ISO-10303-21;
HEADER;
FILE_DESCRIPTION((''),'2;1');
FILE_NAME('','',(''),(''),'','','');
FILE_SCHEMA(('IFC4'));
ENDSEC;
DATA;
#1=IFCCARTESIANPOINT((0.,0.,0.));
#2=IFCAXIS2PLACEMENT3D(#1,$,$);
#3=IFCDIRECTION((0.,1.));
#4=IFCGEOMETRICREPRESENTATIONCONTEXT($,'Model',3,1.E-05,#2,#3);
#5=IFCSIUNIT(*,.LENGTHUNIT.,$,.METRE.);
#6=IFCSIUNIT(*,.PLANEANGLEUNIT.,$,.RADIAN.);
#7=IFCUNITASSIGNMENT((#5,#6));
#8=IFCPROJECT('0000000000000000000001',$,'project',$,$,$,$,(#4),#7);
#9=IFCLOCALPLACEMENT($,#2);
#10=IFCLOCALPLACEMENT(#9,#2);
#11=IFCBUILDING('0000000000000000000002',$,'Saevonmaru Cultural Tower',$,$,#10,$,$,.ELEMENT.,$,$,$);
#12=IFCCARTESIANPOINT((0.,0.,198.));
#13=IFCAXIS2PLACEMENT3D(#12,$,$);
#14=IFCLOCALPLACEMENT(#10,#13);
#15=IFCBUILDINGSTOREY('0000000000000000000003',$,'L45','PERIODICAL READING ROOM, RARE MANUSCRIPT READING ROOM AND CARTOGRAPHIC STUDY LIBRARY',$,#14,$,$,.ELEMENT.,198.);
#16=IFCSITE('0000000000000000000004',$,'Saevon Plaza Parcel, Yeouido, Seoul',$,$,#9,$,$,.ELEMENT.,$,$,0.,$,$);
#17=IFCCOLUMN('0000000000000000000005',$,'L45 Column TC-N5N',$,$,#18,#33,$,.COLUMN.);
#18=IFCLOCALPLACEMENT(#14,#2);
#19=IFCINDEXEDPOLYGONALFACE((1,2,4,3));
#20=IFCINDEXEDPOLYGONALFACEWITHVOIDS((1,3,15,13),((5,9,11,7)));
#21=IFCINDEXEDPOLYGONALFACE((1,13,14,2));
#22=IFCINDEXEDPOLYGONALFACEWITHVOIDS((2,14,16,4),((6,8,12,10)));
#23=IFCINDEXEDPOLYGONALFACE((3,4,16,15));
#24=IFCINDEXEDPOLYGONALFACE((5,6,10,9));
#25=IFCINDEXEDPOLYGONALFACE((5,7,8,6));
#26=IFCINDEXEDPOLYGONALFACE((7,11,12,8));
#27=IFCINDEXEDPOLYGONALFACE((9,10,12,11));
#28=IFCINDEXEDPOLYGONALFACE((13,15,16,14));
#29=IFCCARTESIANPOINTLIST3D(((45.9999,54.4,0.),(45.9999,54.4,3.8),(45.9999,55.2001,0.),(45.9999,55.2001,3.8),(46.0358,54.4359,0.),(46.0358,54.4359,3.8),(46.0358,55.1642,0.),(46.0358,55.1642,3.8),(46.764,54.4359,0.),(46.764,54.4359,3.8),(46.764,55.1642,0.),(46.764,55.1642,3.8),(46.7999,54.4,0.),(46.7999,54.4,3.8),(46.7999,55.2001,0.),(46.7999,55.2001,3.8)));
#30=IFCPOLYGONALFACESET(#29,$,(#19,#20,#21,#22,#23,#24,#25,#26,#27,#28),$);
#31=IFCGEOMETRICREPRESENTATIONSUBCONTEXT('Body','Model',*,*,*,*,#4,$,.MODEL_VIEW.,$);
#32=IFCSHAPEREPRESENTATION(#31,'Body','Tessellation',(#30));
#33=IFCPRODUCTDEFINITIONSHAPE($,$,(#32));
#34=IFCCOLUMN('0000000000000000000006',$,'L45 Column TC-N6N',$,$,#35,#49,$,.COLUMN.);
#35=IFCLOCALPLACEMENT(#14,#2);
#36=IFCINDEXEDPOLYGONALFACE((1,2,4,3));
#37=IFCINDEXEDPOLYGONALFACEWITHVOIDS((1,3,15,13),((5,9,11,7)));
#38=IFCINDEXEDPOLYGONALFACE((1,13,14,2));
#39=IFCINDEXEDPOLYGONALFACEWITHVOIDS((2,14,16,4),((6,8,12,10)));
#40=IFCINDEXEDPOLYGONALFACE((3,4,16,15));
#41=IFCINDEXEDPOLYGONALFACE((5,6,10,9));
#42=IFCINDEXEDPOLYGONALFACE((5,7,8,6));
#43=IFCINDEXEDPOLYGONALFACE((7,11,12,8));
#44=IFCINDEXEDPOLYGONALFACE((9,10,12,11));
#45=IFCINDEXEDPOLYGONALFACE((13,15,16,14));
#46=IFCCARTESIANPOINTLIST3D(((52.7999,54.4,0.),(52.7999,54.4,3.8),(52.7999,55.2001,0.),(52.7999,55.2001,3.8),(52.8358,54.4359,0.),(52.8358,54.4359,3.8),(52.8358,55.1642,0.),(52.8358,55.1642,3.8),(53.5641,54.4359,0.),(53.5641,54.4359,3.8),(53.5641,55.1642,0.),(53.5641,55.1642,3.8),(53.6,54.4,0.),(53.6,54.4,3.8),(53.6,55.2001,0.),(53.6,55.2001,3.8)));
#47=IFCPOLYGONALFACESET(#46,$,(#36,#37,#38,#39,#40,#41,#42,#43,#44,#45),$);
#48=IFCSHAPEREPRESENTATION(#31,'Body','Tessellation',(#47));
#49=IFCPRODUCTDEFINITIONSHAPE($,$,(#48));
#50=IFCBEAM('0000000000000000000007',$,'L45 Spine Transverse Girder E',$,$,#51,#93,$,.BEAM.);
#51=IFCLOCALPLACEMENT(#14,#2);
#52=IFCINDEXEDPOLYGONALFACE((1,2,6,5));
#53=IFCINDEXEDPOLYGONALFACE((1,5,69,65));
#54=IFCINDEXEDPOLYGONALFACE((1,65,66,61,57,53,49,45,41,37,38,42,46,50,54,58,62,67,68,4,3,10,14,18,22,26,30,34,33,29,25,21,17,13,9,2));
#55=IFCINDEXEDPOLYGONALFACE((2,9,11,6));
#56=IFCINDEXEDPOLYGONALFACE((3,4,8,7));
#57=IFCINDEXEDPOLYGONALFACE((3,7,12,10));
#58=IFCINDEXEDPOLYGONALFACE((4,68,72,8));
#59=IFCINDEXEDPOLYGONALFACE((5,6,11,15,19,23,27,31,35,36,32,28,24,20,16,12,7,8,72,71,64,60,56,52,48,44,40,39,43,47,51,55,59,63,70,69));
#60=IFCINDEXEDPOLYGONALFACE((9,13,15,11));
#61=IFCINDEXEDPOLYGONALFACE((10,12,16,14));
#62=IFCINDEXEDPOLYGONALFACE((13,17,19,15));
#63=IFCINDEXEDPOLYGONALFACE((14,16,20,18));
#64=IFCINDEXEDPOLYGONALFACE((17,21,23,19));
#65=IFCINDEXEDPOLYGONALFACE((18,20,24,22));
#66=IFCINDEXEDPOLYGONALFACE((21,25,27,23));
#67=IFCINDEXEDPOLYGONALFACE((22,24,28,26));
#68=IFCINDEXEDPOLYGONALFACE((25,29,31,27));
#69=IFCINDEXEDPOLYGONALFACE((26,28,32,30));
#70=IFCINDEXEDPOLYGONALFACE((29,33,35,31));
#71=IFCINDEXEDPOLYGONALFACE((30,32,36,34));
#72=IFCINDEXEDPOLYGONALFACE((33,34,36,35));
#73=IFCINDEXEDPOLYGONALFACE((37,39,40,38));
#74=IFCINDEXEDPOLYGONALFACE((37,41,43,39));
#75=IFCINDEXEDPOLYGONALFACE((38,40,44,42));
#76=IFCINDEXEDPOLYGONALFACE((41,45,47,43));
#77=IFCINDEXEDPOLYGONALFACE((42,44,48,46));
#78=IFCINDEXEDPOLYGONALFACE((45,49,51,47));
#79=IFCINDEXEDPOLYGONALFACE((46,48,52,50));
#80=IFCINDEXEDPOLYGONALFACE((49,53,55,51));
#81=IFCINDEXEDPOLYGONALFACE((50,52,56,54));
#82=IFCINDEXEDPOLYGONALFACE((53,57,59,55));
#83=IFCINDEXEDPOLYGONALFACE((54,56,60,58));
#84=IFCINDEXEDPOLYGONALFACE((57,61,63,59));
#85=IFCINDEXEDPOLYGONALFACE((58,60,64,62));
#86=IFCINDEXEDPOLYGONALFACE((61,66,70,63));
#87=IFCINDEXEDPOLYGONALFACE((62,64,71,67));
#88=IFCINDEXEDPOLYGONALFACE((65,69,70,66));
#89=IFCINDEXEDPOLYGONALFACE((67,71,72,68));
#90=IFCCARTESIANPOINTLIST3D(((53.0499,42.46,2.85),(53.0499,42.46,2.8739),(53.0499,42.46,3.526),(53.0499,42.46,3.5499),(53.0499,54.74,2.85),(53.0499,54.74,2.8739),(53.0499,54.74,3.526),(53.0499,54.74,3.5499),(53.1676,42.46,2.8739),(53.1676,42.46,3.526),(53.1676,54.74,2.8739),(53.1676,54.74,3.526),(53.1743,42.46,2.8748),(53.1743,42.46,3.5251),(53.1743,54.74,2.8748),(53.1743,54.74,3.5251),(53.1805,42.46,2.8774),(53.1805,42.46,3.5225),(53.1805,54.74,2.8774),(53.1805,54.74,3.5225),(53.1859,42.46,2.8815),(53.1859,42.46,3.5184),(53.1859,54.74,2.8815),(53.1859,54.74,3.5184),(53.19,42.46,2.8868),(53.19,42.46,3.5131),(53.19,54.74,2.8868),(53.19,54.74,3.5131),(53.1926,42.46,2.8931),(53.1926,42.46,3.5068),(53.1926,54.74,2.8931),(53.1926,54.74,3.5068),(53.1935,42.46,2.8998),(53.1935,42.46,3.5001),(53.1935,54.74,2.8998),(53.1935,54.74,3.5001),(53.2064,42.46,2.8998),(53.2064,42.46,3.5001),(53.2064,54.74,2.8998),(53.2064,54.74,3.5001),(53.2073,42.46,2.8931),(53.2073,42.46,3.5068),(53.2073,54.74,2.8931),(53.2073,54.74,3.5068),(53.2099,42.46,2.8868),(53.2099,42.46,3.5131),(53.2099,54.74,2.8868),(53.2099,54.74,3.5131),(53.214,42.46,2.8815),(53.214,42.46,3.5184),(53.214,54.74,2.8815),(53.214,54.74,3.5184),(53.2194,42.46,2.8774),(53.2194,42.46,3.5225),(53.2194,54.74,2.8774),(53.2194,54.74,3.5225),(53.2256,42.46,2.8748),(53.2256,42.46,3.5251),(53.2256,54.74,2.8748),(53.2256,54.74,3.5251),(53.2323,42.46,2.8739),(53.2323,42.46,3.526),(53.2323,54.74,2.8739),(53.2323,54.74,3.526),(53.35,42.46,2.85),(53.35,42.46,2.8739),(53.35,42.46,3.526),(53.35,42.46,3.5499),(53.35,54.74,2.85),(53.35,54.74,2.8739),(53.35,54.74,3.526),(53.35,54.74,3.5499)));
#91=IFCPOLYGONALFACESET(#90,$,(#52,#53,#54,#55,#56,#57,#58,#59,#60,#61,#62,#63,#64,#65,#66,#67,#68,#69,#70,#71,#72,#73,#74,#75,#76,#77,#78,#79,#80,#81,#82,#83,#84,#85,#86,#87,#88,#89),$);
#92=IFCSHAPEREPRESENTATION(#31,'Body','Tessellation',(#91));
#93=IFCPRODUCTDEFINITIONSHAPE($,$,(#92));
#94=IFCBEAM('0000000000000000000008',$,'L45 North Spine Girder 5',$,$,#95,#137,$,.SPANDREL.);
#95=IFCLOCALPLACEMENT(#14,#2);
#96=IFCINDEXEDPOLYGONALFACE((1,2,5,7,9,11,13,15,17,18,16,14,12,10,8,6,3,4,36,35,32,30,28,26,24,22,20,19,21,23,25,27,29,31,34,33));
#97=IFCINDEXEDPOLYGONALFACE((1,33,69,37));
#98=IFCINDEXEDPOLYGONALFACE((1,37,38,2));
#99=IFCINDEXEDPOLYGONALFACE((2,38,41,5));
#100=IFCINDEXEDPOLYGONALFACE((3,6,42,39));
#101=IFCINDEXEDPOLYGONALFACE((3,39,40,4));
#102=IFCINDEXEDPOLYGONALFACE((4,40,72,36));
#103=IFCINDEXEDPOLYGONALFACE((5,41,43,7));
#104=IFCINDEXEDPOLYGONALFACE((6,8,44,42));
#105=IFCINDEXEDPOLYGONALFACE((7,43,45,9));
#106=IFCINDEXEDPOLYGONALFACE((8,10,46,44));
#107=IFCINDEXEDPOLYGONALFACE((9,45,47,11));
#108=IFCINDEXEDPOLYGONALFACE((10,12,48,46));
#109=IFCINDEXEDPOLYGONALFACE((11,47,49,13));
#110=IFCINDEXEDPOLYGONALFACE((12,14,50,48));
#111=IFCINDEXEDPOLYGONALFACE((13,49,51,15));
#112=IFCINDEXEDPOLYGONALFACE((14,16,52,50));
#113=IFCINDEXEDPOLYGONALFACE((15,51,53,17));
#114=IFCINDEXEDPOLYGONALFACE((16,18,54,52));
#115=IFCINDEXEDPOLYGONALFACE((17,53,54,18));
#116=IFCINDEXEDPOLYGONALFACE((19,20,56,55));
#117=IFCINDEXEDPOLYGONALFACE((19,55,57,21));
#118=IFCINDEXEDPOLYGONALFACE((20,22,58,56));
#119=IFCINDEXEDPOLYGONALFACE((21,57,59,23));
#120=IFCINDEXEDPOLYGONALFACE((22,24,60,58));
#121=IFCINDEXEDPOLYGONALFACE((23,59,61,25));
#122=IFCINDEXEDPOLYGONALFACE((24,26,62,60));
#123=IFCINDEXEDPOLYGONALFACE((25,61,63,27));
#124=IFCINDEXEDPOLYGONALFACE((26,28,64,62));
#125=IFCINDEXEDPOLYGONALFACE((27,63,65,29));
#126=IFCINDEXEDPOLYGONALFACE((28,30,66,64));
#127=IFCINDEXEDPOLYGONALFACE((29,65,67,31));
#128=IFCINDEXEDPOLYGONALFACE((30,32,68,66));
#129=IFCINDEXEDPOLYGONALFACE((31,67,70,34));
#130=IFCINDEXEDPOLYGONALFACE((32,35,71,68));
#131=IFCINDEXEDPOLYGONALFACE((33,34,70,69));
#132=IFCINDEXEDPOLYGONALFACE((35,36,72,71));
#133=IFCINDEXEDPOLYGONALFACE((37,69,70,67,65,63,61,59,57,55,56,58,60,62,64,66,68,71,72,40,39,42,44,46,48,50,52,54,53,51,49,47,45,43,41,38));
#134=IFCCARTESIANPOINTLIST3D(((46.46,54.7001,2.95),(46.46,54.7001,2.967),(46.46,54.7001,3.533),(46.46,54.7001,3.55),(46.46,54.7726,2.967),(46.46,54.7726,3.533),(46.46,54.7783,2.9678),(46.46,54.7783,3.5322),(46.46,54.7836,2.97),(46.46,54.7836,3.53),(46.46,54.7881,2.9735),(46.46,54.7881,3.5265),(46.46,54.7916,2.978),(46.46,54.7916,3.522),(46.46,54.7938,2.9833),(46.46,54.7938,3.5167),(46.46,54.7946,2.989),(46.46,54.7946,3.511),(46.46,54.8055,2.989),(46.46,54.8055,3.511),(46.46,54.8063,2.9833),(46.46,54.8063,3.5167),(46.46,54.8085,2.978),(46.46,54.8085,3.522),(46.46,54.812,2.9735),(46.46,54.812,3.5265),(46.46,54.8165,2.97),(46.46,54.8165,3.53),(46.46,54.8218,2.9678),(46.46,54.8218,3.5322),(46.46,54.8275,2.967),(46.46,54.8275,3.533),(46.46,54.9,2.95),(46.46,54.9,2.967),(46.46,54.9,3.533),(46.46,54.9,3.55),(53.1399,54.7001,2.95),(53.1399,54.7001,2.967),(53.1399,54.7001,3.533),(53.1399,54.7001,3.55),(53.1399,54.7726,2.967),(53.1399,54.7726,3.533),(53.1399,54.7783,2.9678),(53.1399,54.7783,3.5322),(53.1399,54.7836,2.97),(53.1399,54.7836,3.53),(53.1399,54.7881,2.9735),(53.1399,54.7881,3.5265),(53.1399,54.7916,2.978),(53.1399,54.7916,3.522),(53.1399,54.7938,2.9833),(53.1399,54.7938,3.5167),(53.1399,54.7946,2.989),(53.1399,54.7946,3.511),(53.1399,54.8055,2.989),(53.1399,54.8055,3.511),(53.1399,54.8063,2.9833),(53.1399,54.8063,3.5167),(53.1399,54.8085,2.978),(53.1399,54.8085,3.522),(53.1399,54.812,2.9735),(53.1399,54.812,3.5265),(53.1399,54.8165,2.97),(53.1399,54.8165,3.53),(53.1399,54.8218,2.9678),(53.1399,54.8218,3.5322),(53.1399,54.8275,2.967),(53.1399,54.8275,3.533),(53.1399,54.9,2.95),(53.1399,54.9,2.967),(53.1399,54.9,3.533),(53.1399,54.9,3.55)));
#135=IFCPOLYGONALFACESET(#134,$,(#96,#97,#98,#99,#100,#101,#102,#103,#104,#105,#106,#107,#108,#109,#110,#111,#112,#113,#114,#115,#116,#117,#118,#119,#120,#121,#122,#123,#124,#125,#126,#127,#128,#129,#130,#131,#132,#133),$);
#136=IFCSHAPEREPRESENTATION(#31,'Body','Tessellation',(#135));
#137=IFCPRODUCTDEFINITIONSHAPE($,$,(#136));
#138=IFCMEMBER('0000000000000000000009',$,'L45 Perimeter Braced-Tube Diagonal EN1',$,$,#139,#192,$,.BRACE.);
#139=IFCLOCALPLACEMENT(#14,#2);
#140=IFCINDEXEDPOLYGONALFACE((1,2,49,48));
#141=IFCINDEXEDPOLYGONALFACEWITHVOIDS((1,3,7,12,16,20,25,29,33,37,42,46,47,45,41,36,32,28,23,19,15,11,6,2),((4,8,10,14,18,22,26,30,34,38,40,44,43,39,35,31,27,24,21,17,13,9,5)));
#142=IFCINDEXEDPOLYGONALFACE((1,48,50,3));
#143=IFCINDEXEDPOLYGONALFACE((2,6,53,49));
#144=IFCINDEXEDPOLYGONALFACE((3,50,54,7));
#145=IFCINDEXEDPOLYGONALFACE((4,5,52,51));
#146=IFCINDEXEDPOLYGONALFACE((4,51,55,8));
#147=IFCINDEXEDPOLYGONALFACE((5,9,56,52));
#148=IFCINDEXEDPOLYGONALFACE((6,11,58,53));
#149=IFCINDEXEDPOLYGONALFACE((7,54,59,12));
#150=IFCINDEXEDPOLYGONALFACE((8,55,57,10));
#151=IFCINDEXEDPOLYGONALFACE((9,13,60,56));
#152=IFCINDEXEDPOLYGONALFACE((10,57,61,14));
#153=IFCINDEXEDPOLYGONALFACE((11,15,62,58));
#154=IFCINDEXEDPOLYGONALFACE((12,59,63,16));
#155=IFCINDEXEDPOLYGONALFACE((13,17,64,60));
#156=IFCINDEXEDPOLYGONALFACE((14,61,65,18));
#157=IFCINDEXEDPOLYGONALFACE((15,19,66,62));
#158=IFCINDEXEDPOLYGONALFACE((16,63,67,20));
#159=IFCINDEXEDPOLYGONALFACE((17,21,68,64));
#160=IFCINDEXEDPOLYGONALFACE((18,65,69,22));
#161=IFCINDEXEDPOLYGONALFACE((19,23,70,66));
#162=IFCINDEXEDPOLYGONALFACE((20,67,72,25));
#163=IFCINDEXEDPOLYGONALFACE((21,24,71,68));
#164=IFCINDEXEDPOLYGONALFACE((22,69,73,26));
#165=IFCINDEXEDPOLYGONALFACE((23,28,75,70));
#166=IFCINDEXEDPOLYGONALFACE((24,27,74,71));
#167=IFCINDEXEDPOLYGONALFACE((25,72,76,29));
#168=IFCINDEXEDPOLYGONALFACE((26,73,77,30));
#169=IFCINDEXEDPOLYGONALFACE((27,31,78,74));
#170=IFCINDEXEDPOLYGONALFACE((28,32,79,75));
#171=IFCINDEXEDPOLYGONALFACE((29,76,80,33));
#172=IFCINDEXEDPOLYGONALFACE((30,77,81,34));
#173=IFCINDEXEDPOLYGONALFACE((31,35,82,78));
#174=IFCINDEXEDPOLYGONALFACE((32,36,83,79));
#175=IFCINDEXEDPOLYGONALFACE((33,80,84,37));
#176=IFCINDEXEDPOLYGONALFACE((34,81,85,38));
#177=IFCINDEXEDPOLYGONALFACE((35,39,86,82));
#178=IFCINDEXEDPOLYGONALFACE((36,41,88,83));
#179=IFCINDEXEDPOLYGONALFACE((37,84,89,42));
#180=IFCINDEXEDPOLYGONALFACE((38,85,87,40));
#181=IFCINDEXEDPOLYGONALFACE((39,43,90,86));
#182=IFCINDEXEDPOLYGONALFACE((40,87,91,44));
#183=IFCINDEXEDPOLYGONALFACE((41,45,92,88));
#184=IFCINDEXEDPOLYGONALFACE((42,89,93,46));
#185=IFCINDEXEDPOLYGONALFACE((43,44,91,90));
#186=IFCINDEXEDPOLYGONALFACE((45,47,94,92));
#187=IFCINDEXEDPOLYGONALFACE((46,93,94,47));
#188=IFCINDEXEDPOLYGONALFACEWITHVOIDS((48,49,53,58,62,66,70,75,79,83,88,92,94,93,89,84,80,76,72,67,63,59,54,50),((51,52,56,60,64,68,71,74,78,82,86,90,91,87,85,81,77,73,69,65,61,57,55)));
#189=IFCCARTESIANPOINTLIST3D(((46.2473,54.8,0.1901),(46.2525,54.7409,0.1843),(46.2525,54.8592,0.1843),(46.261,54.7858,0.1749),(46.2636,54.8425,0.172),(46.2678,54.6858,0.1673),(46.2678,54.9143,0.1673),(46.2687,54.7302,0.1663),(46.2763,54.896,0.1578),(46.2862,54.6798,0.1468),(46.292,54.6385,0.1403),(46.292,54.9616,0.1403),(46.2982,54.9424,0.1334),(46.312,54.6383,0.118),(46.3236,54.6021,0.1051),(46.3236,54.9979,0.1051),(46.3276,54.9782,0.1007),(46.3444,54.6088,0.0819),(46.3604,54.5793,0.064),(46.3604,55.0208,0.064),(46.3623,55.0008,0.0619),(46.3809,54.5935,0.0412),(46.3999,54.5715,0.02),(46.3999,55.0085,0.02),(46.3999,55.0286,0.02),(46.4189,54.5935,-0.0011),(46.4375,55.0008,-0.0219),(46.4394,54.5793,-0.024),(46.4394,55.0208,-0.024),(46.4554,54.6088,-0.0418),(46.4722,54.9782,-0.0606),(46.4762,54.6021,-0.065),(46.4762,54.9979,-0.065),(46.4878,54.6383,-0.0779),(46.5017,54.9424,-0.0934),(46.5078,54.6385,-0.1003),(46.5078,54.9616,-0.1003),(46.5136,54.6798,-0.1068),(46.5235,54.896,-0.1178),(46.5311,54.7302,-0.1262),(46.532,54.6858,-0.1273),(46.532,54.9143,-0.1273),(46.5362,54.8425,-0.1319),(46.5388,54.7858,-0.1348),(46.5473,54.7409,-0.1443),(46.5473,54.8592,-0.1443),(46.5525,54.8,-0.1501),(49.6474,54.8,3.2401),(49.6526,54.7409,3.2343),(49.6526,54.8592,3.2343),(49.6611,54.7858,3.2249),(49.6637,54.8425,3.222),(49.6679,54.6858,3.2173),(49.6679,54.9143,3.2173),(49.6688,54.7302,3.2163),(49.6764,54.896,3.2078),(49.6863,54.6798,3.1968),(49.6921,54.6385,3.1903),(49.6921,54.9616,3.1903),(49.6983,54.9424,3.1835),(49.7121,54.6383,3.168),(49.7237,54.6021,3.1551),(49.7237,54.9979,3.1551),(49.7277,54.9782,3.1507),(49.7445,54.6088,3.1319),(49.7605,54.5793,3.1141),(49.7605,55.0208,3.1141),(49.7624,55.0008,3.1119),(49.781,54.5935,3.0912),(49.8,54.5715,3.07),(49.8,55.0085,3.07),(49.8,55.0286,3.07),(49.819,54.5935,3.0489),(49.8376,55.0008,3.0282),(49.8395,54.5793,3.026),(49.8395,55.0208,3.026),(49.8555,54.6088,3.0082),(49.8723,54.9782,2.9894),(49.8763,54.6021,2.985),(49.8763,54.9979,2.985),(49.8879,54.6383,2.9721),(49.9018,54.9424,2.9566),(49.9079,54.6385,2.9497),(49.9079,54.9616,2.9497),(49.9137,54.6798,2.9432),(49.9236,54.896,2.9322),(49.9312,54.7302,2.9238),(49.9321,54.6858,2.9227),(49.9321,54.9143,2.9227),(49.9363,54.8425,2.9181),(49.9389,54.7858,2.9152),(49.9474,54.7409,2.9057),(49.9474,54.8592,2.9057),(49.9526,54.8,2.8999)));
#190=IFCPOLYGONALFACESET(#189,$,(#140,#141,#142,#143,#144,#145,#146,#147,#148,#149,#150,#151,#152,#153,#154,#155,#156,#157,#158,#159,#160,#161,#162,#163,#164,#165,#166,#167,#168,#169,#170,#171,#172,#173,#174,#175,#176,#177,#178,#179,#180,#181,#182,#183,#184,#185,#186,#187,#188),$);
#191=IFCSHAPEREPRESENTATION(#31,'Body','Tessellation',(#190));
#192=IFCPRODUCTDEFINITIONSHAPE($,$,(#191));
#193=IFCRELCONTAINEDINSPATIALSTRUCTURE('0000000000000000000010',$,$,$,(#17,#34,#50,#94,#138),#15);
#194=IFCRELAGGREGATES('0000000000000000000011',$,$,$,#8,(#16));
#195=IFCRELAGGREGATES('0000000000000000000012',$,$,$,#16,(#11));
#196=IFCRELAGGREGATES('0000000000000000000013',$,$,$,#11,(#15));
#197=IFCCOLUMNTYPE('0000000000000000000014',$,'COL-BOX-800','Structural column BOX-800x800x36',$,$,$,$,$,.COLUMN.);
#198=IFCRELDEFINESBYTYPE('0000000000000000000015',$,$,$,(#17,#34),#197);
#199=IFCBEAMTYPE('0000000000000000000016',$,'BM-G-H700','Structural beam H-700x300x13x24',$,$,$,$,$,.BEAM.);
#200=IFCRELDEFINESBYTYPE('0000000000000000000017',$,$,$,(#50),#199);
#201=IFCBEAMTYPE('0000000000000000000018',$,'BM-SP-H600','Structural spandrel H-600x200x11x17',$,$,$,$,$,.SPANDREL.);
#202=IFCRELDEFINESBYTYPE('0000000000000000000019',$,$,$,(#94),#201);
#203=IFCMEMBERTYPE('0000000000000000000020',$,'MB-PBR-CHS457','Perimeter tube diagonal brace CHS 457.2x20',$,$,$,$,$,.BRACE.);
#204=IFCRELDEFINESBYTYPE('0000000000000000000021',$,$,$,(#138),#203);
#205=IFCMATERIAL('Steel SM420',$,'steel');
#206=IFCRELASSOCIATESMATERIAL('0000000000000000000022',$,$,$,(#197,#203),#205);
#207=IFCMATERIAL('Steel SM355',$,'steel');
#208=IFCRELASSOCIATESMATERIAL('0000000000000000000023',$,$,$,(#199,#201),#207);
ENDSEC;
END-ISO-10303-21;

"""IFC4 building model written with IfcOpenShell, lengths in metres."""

from ifc_helpers import new_model, si_unit, direction, frame, origin, origin_2d, place, context, subcontext, project, spatial, hollow_rectangle, hollow_circle, i_section, extrude, material, material_profile, profile_set, type_object, element, save


model = new_model("IFC4")

# Units and contexts
model_context = context("Model", 3, precision=1e-05, world=origin(), true_north=direction((0.0, 1.0)))
body_context = subcontext(model_context, "Body", "Model", "MODEL_VIEW")
ifc_project = project(units=[si_unit("LENGTHUNIT", "METRE"), si_unit("PLANEANGLEUNIT", "RADIAN")], contexts=[model_context])

# Site, building, storey
site_placement = place(None, origin())
site = spatial("IfcSite", under=ifc_project, at=site_placement, Name="Saevon Plaza Parcel, Yeouido, Seoul", CompositionType="ELEMENT", RefElevation=0.0)
building_placement = place(site_placement, origin())
building = spatial("IfcBuilding", under=site, at=building_placement, Name="Saevonmaru Cultural Tower", CompositionType="ELEMENT")
storey_placement = place(building_placement, frame((0.0, 0.0, 198.0)))
storey = spatial("IfcBuildingStorey", under=building, at=storey_placement, Name="L45", Description="PERIODICAL READING ROOM, RARE MANUSCRIPT READING ROOM AND CARTOGRAPHIC STUDY LIBRARY", CompositionType="ELEMENT", Elevation=198.0)

# Columns
ifc_material_1 = material(Name="Steel SM420", Category="steel")
ifc_material_profile_1 = material_profile(ifc_material_1, hollow_rectangle(XDim=0.8, YDim=0.8, WallThickness=0.0359, at=origin_2d()), Name="BOX-800x800x36")
ifc_profile_set_1 = profile_set([ifc_material_profile_1], Name="Steel SM420")
column_type = type_object("IfcColumnType", Name="COL-BOX-800", Description="Structural column BOX-800x800x36", PredefinedType="COLUMN", material=ifc_profile_set_1)
for number, where, z_axis, x_axis, name in (
    (1, (46.3999, 54.8, 0.0), (0.0, 0.0, 1.0), (1.0, 0.0, 0.0), "L45 Column TC-N5N"),
    (2, (53.2, 54.8, 0.0), (0.0, 0.0, 1.0), (1.0, 0.0, 0.0), "L45 Column TC-N6N"),
):
    element("IfcColumn", number, at=place(storey_placement, frame(where, z_axis=z_axis, x_axis=x_axis)), inside=storey, type_object=column_type, Name=name, PredefinedType="COLUMN", context=body_context, shape_type="SweptSolid", body=[
        extrude(hollow_rectangle(XDim=0.8, YDim=0.8, WallThickness=0.0359, at=origin_2d()), origin(), (0.0, 0.0, 1.0), 3.8),
    ])

# Beams
ifc_material_2 = material(Name="Steel SM355", Category="steel")
ifc_material_profile_2 = material_profile(ifc_material_2, i_section(OverallWidth=0.3, OverallDepth=0.7, WebThickness=0.0129, FlangeThickness=0.0239, FilletRadius=0.0259, at=origin_2d()), Name="H-700x300x13x24")
ifc_profile_set_2 = profile_set([ifc_material_profile_2], Name="Steel SM355")
beam_type_1 = type_object("IfcBeamType", Name="BM-G-H700", Description="Structural beam H-700x300x13x24", PredefinedType="BEAM", material=ifc_profile_set_2)
beam_1_placement = place(storey_placement, frame((53.2, 54.74, 3.2), z_axis=(0.0, -1.0, 0.0), x_axis=(1.0, 0.0, 0.0)))
element("IfcBeam", 3, at=beam_1_placement, inside=storey, type_object=beam_type_1, Name="L45 Spine Transverse Girder E", PredefinedType="BEAM", context=body_context, shape_type="SweptSolid", body=[
    extrude(i_section(OverallWidth=0.3, OverallDepth=0.7, WebThickness=0.0129, FlangeThickness=0.0239, FilletRadius=0.0259, at=origin_2d()), origin(), (0.0, 0.0, 1.0), 12.28),
])
ifc_material_profile_3 = material_profile(ifc_material_2, i_section(OverallWidth=0.2, OverallDepth=0.6001, WebThickness=0.011, FlangeThickness=0.0171, FilletRadius=0.022, at=origin_2d()), Name="H-600x200x11x17")
ifc_profile_set_3 = profile_set([ifc_material_profile_3], Name="Steel SM355")
beam_type_2 = type_object("IfcBeamType", Name="BM-SP-H600", Description="Structural spandrel H-600x200x11x17", PredefinedType="SPANDREL", material=ifc_profile_set_3)
beam_2_placement = place(storey_placement, frame((46.46, 54.8, 3.25), z_axis=(1.0, 0.0, 0.0), x_axis=(0.0, 1.0, 0.0)))
element("IfcBeam", 4, at=beam_2_placement, inside=storey, type_object=beam_type_2, Name="L45 North Spine Girder 5", PredefinedType="SPANDREL", context=body_context, shape_type="SweptSolid", body=[
    extrude(i_section(OverallWidth=0.2, OverallDepth=0.6001, WebThickness=0.011, FlangeThickness=0.0171, FilletRadius=0.022, at=origin_2d()), origin(), (0.0, 0.0, 1.0), 6.6799),
])

# Member
ifc_material_profile_4 = material_profile(ifc_material_1, hollow_circle(Radius=0.2285, WallThickness=0.02, at=origin_2d()), Name="CHS-457.2x20")
ifc_profile_set_4 = profile_set([ifc_material_profile_4], Name="Steel SM420")
member_type_1 = type_object("IfcMemberType", Name="MB-PBR-CHS457", Description="Perimeter tube diagonal brace CHS 457.2x20", PredefinedType="BRACE", material=ifc_profile_set_4)
for number, where, z_axis, x_axis, name in (
    (5, (46.3999, 54.8, 0.02), (0.744391, 0.0, 0.667744), (0.0, 1.0, 0.0), "L45 Perimeter Braced-Tube Diagonal EN1"),
):
    element("IfcMember", number, at=place(storey_placement, frame(where, z_axis=z_axis, x_axis=x_axis)), inside=storey, type_object=member_type_1, Name=name, PredefinedType="BRACE", context=body_context, shape_type="SweptSolid", body=[
        extrude(hollow_circle(Radius=0.2285, WallThickness=0.02, at=origin_2d()), origin(), (0.0, 0.0, 1.0), 4.5676),
    ])

save(model, "model.ifc")
